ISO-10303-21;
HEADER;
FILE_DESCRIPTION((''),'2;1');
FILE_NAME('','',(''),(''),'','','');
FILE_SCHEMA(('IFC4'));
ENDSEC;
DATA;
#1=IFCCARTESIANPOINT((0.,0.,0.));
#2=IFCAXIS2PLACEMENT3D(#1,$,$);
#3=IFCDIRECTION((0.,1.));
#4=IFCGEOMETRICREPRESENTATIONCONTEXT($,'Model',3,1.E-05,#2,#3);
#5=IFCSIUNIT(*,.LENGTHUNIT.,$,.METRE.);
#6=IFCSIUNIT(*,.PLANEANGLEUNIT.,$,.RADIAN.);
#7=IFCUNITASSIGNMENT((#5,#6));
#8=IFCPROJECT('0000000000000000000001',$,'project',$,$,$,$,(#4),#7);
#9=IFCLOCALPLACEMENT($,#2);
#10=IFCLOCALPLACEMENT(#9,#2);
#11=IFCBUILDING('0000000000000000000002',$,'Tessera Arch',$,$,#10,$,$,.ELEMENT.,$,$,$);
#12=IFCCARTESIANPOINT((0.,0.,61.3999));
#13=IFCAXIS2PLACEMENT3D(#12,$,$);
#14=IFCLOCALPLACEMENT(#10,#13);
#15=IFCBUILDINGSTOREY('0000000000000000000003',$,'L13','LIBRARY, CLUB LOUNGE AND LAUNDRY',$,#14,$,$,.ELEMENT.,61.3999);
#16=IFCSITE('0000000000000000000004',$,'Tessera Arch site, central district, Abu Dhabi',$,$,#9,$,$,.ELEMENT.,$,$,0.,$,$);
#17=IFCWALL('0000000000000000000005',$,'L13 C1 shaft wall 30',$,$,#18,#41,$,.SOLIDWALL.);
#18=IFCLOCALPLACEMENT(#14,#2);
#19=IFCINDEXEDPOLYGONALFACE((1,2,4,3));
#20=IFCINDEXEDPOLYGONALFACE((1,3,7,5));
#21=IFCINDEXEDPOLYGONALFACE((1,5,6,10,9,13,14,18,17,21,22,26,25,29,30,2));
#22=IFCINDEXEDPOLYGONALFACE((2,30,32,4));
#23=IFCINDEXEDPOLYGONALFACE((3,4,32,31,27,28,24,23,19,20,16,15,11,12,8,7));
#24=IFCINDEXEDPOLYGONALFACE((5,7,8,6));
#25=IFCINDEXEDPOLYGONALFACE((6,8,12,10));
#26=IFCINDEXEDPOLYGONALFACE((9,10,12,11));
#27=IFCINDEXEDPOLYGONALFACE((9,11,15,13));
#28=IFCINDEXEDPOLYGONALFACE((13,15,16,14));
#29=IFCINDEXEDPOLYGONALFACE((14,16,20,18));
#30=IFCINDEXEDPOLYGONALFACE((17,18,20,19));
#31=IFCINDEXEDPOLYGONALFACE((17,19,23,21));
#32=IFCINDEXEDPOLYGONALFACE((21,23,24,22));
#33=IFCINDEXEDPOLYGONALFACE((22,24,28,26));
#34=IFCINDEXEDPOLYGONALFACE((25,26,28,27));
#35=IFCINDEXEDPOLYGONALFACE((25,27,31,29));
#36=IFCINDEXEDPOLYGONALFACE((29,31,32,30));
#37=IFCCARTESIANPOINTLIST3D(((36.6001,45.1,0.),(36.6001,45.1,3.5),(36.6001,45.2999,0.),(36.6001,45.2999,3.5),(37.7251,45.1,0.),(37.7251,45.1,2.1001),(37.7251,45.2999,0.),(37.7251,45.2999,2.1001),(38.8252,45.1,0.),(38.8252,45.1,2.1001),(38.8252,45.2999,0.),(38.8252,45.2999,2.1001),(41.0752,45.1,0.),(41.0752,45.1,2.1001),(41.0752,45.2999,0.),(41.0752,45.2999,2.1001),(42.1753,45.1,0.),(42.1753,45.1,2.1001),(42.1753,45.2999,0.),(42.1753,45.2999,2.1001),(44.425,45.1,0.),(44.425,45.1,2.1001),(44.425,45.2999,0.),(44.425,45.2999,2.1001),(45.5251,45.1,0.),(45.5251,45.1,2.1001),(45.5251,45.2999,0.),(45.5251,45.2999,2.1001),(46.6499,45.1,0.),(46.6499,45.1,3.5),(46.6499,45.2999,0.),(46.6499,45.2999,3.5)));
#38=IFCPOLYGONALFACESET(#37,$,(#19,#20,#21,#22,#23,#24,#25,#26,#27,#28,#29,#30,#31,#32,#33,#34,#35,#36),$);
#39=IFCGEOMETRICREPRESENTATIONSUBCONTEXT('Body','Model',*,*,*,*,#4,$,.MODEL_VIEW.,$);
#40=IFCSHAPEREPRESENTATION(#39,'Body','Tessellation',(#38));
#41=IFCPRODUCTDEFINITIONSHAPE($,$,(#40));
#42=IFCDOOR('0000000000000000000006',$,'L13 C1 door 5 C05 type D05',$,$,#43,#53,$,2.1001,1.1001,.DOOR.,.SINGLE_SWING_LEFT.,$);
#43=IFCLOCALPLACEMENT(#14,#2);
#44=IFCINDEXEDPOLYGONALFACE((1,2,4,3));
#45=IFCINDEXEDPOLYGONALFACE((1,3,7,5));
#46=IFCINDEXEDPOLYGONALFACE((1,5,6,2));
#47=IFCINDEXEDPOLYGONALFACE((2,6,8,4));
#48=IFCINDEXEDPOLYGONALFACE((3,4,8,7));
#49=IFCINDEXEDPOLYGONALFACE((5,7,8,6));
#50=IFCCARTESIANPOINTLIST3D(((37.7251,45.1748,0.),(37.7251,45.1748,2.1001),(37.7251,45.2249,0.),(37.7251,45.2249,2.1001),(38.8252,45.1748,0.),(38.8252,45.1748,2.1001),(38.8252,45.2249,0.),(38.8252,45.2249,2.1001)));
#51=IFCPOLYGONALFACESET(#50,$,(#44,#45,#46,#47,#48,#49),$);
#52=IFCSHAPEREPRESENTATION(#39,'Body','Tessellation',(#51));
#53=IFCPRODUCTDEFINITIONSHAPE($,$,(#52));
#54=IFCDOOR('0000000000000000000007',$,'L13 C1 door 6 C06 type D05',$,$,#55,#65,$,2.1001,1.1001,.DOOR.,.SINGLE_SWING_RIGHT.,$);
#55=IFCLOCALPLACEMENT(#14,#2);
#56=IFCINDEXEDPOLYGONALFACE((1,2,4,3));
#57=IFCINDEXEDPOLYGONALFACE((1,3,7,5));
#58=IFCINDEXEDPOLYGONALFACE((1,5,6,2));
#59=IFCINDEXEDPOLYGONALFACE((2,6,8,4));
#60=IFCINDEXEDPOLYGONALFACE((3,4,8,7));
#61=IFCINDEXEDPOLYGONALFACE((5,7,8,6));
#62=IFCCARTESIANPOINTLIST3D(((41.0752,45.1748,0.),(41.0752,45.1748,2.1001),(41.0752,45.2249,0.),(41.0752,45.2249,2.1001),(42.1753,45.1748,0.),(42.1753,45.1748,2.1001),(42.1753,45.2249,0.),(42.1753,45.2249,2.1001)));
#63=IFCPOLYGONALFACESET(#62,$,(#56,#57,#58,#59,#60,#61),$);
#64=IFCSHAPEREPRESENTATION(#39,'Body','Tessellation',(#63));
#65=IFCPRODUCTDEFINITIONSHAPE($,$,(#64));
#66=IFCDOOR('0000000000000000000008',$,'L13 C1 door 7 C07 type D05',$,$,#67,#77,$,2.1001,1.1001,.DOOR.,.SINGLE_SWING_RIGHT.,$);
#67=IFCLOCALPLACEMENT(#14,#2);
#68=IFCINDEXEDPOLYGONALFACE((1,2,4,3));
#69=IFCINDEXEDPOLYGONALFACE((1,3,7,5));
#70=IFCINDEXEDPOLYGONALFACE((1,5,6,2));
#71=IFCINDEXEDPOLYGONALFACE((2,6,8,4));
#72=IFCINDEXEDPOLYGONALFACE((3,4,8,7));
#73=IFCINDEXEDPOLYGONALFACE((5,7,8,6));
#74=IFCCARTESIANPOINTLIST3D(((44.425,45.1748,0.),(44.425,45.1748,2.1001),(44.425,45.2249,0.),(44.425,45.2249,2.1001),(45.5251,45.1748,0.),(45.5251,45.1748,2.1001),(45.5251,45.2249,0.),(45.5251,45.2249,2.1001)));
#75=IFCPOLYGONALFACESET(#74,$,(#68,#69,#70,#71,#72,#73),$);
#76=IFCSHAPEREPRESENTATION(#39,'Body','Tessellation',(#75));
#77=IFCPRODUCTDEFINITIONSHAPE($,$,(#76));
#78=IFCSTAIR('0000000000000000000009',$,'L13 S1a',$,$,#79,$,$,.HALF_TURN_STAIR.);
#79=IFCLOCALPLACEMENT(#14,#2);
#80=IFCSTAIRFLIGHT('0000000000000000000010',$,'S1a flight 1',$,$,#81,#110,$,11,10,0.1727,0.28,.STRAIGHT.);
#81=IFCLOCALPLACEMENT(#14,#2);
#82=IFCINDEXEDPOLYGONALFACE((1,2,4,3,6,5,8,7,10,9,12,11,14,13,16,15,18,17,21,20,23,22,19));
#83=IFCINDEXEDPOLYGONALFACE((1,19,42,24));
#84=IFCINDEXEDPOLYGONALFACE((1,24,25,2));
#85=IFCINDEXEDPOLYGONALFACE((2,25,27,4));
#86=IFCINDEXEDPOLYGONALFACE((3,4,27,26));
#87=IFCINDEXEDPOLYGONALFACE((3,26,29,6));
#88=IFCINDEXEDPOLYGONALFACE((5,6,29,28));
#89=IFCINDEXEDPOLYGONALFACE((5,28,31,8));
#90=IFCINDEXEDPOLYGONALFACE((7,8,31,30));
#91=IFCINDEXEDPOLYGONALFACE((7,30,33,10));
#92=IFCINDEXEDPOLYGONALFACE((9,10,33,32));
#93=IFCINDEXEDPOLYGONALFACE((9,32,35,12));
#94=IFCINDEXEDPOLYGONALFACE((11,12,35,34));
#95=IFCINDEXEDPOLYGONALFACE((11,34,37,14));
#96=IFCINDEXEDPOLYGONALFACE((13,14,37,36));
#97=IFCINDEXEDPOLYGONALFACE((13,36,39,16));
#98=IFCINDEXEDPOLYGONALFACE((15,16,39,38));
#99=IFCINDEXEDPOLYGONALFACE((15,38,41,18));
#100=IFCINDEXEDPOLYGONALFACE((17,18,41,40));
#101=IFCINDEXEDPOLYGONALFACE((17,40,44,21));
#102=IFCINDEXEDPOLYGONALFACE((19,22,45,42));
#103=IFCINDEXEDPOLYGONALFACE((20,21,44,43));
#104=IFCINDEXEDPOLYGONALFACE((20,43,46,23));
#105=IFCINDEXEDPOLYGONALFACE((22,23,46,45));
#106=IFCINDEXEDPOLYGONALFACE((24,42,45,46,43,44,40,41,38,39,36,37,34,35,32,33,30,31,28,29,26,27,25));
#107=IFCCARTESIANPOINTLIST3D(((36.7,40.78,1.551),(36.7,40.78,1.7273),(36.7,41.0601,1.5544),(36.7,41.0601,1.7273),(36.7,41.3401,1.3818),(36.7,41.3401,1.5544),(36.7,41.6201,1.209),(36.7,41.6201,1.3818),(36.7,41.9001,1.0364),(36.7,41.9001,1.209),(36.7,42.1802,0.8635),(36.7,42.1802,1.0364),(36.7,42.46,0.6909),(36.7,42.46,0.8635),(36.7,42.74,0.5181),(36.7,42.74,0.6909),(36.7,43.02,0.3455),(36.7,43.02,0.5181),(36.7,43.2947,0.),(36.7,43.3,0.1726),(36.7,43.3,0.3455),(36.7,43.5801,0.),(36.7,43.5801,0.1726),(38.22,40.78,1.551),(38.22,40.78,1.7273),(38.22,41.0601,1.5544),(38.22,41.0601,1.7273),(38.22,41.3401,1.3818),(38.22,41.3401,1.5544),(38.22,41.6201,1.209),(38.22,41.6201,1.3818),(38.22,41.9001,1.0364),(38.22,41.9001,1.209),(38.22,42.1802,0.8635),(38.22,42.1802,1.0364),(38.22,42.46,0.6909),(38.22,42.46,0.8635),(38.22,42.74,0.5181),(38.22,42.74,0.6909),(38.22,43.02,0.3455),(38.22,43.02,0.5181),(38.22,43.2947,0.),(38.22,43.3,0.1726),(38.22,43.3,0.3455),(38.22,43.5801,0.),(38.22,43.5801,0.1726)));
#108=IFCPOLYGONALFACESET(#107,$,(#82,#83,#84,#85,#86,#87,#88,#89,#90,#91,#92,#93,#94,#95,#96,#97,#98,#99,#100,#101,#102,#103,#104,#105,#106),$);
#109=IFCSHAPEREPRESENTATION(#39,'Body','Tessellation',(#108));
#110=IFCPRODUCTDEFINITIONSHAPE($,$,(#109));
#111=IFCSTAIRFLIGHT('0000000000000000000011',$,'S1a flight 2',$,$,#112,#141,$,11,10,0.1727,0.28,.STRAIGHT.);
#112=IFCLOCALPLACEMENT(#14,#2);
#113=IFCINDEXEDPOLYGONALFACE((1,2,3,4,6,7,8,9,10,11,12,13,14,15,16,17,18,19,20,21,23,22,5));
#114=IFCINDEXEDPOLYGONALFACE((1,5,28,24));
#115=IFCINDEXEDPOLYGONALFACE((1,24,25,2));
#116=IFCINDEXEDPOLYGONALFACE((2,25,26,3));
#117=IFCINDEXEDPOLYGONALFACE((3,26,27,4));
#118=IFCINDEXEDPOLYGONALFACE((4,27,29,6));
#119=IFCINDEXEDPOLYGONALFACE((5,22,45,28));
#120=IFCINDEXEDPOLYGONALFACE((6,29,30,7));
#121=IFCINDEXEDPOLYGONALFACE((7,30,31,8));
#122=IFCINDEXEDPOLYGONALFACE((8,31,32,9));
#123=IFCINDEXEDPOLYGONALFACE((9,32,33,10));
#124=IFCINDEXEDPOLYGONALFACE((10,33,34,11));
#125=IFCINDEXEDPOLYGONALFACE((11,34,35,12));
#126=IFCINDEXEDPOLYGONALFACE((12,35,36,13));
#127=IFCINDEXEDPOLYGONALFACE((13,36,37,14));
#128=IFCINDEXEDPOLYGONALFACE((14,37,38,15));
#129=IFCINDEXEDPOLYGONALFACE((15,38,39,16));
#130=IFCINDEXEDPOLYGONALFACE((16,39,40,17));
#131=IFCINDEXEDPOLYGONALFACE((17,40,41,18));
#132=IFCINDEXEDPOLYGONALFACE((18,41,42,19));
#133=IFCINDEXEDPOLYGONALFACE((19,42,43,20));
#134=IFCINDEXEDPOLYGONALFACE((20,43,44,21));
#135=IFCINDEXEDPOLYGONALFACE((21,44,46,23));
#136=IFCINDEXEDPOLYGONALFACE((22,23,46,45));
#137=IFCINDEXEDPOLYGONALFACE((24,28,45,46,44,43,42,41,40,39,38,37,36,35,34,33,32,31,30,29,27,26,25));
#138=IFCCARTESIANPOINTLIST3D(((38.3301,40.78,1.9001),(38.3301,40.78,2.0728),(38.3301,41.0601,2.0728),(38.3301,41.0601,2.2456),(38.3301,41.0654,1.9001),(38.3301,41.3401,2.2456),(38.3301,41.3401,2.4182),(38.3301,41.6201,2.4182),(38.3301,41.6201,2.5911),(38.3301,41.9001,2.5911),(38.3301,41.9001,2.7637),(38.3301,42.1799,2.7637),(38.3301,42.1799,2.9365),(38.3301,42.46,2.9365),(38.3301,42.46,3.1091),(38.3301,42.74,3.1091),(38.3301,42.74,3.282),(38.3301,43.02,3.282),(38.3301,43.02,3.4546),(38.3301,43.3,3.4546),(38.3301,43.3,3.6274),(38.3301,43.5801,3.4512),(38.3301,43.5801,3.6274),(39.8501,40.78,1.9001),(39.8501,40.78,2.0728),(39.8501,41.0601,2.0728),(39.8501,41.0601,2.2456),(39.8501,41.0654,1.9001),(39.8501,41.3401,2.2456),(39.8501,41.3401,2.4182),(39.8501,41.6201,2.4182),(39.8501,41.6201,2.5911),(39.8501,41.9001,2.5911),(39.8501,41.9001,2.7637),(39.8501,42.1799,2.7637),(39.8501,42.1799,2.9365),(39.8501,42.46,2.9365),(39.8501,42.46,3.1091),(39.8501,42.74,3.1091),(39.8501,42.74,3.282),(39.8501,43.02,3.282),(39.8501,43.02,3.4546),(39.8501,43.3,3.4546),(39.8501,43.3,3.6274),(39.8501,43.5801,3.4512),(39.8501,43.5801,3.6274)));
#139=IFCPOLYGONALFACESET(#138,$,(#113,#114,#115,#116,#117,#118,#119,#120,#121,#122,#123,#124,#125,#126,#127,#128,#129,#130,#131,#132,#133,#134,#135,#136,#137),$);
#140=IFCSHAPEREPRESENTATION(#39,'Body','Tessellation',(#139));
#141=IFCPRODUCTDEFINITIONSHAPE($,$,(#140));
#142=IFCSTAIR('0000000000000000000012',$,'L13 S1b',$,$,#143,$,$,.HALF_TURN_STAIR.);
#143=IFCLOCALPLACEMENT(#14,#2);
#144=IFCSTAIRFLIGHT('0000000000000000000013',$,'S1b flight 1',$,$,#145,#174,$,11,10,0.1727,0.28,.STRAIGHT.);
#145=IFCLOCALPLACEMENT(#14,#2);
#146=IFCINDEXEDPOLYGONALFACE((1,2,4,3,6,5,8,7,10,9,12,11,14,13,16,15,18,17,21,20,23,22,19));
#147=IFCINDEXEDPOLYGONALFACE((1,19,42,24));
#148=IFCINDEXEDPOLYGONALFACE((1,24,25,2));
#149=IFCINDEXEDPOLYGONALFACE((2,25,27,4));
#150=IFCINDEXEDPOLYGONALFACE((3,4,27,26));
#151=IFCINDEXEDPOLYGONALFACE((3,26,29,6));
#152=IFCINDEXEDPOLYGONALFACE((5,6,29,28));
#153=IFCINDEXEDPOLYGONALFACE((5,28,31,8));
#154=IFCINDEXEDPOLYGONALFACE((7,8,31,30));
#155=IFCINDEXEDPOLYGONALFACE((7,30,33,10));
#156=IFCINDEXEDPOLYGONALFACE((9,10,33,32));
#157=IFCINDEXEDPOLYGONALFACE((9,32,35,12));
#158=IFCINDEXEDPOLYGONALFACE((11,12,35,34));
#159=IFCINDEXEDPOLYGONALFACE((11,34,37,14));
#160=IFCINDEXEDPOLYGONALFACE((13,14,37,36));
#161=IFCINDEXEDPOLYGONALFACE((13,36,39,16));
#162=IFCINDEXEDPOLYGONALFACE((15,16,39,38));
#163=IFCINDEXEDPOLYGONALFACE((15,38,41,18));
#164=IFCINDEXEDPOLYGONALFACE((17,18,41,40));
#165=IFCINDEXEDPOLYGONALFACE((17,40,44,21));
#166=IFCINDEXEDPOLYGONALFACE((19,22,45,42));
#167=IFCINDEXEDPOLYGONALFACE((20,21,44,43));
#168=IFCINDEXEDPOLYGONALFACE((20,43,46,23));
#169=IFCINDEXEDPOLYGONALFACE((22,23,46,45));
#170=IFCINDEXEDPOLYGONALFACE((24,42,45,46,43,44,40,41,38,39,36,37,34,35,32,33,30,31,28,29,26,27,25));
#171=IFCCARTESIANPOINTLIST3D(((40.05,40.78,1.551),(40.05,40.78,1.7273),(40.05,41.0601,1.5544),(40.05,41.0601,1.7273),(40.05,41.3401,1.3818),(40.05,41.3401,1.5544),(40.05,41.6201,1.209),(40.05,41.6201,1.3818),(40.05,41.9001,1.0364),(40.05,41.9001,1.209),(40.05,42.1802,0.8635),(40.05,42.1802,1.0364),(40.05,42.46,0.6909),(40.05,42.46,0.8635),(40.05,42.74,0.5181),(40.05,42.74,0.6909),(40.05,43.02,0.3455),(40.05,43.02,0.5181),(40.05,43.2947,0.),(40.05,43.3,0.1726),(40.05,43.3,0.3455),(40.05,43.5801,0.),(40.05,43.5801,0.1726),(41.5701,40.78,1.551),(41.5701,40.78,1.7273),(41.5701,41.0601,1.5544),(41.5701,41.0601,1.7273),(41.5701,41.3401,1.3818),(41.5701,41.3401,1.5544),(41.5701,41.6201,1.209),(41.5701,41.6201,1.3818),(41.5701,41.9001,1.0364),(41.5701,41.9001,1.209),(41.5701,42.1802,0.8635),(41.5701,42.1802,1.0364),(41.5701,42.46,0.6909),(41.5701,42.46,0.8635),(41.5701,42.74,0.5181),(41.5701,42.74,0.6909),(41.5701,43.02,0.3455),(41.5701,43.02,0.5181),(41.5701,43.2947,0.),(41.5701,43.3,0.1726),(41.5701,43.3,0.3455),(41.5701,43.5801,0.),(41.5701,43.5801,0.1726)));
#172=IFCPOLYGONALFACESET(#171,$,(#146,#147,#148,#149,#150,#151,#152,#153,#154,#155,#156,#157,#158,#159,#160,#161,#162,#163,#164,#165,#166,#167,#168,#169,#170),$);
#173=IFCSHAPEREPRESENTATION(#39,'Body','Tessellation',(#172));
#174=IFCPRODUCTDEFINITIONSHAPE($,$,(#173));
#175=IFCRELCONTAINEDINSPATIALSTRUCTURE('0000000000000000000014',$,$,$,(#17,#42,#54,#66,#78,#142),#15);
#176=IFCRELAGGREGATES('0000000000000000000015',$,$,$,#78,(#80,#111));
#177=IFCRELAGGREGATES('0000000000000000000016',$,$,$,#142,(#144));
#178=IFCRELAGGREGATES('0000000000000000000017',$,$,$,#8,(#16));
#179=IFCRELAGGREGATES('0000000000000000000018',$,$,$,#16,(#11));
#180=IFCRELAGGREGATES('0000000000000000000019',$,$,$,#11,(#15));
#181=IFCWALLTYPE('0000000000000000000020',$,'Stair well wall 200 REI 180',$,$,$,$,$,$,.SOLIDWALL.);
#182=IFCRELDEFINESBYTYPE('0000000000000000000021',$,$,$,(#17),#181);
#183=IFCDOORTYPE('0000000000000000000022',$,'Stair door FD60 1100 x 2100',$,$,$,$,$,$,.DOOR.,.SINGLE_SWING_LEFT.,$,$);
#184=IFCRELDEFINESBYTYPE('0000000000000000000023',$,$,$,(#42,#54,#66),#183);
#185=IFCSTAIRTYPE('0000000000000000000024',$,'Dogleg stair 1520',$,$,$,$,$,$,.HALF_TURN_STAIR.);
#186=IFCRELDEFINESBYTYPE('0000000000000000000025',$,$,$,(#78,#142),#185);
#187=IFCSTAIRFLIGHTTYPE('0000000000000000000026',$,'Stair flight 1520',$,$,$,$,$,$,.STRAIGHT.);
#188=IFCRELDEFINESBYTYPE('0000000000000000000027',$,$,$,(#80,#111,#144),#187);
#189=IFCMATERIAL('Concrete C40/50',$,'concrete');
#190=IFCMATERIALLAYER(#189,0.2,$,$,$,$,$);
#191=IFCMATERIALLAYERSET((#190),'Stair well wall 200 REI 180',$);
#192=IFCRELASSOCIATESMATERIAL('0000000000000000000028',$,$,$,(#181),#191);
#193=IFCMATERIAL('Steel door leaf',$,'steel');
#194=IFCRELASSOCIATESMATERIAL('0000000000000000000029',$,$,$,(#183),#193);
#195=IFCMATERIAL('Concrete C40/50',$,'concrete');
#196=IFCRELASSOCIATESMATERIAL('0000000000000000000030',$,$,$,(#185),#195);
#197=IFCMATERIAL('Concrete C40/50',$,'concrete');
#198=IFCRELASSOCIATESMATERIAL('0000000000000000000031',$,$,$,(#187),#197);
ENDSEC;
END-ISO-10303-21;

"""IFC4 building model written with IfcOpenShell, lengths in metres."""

from ifc_helpers import new_model, si_unit, direction, frame, frame_2d, origin, place, context, subcontext, project, spatial, polyline, rectangle, outline, extrude, material, layer, layer_set, type_object, element, fill, aggregate, save


model = new_model("IFC4")

# Units and contexts
model_context = context("Model", 3, precision=1e-05, world=origin(), true_north=direction((0.0, 1.0)))
body_context = subcontext(model_context, "Body", "Model", "MODEL_VIEW")
ifc_project = project(units=[si_unit("LENGTHUNIT", "METRE"), si_unit("PLANEANGLEUNIT", "RADIAN")], contexts=[model_context])

# Site, building, storey
site_placement = place(None, origin())
site = spatial("IfcSite", under=ifc_project, at=site_placement, Name="Tessera Arch site, central district, Abu Dhabi", CompositionType="ELEMENT", RefElevation=0.0)
building_placement = place(site_placement, origin())
building = spatial("IfcBuilding", under=site, at=building_placement, Name="Tessera Arch", CompositionType="ELEMENT")
storey_placement = place(building_placement, frame((0.0, 0.0, 61.3999)))
storey = spatial("IfcBuildingStorey", under=building, at=storey_placement, Name="L13", Description="LIBRARY, CLUB LOUNGE AND LAUNDRY", CompositionType="ELEMENT", Elevation=61.3999)

# Shared definitions
ifc_material_1 = material(Name="Concrete C40/50", Category="concrete")
ifc_layer_1 = layer(ifc_material_1, 0.2)
ifc_layer_set_1 = layer_set([ifc_layer_1], Name="Stair well wall 200 REI 180")
wall_type_1 = type_object("IfcWallType", Name="Stair well wall 200 REI 180", PredefinedType="SOLIDWALL", material=ifc_layer_set_1)

# Wall, openings, doors
wall_1_placement = place(storey_placement, frame((36.6001, 45.2, 0.0), z_axis=(0.0, 0.0, 1.0), x_axis=(1.0, 0.0, 0.0)))
wall_1 = element("IfcWall", 1, at=wall_1_placement, inside=storey, type_object=wall_type_1, Name="L13 C1 shaft wall 30", PredefinedType="SOLIDWALL", context=body_context, shape_type="SweptSolid", body=[
    extrude(rectangle(XDim=10.0498, YDim=0.2, at=frame_2d((5.0249, 0.0))), origin(), (0.0, 0.0, 1.0), 3.5),
])
opening_1_placement = place(wall_1_placement, frame((1.125, 0.0, 0.0)))
opening_1 = element("IfcOpeningElement", 2, at=opening_1_placement, cuts=wall_1, PredefinedType="OPENING", context=body_context, shape_type="SweptSolid", body=[
    extrude(rectangle(XDim=1.1001, YDim=2.1001, at=frame_2d((0.55, 1.05))), frame((0.0, 0.1099, 0.0), z_axis=(0.0, -1.0, 0.0), x_axis=(1.0, 0.0, 0.0)), (0.0, 0.0, 1.0), 0.22),
])
opening_2_placement = place(wall_1_placement, frame((4.4751, 0.0, 0.0)))
opening_2 = element("IfcOpeningElement", 3, at=opening_2_placement, cuts=wall_1, PredefinedType="OPENING", context=body_context, shape_type="SweptSolid", body=[
    extrude(rectangle(XDim=1.1001, YDim=2.1001, at=frame_2d((0.55, 1.05))), frame((0.0, 0.1099, 0.0), z_axis=(0.0, -1.0, 0.0), x_axis=(1.0, 0.0, 0.0)), (0.0, 0.0, 1.0), 0.22),
])
opening_3_placement = place(wall_1_placement, frame((7.825, 0.0, 0.0)))
opening_3 = element("IfcOpeningElement", 4, at=opening_3_placement, cuts=wall_1, PredefinedType="OPENING", context=body_context, shape_type="SweptSolid", body=[
    extrude(rectangle(XDim=1.1001, YDim=2.1001, at=frame_2d((0.55, 1.05))), frame((0.0, 0.1099, 0.0), z_axis=(0.0, -1.0, 0.0), x_axis=(1.0, 0.0, 0.0)), (0.0, 0.0, 1.0), 0.22),
])
ifc_material_2 = material(Name="Steel door leaf", Category="steel")
door_type_1 = type_object("IfcDoorType", Name="Stair door FD60 1100 x 2100", OperationType="SINGLE_SWING_LEFT", PredefinedType="DOOR", material=ifc_material_2)
door_1_placement = place(opening_1_placement, origin())
door_1 = element("IfcDoor", 5, at=door_1_placement, inside=storey, type_object=door_type_1, Name="L13 C1 door 5 C05 type D05", OperationType="SINGLE_SWING_LEFT", OverallHeight=2.1001, OverallWidth=1.1001, PredefinedType="DOOR", context=body_context, shape_type="SweptSolid", body=[
    extrude(rectangle(XDim=1.1001, YDim=2.1001, at=frame_2d((0.55, 1.05))), frame((0.0, 0.0249, 0.0), z_axis=(0.0, -1.0, 0.0), x_axis=(1.0, 0.0, 0.0)), (0.0, 0.0, 1.0), 0.05),
])
fill(opening_1, door_1)
door_2_placement = place(opening_2_placement, origin())
door_2 = element("IfcDoor", 6, at=door_2_placement, inside=storey, type_object=door_type_1, Name="L13 C1 door 6 C06 type D05", OperationType="SINGLE_SWING_RIGHT", OverallHeight=2.1001, OverallWidth=1.1001, PredefinedType="DOOR", context=body_context, shape_type="SweptSolid", body=[
    extrude(rectangle(XDim=1.1001, YDim=2.1001, at=frame_2d((0.55, 1.05))), frame((0.0, 0.0249, 0.0), z_axis=(0.0, -1.0, 0.0), x_axis=(1.0, 0.0, 0.0)), (0.0, 0.0, 1.0), 0.05),
])
fill(opening_2, door_2)
door_3_placement = place(opening_3_placement, origin())
door_3 = element("IfcDoor", 7, at=door_3_placement, inside=storey, type_object=door_type_1, Name="L13 C1 door 7 C07 type D05", OperationType="SINGLE_SWING_RIGHT", OverallHeight=2.1001, OverallWidth=1.1001, PredefinedType="DOOR", context=body_context, shape_type="SweptSolid", body=[
    extrude(rectangle(XDim=1.1001, YDim=2.1001, at=frame_2d((0.55, 1.05))), frame((0.0, 0.0249, 0.0), z_axis=(0.0, -1.0, 0.0), x_axis=(1.0, 0.0, 0.0)), (0.0, 0.0, 1.0), 0.05),
])
fill(opening_3, door_3)

# Stair, stair flights
ifc_material_3 = material(Name="Concrete C40/50", Category="concrete")
stair_type = type_object("IfcStairType", Name="Dogleg stair 1520", PredefinedType="HALF_TURN_STAIR", material=ifc_material_3)
stair_1_placement = place(storey_placement, origin())
stair_1 = element("IfcStair", 8, at=stair_1_placement, inside=storey, type_object=stair_type, Name="L13 S1a", PredefinedType="HALF_TURN_STAIR")
ifc_material_4 = material(Name="Concrete C40/50", Category="concrete")
stair_flight_type = type_object("IfcStairFlightType", Name="Stair flight 1520", PredefinedType="STRAIGHT", material=ifc_material_4)
stair_flight_1_placement = place(storey_placement, frame((37.46, 43.5801, 0.0), z_axis=(0.0, 0.0, 1.0), x_axis=(0.0, -1.0, 0.0)))
stair_flight_1 = element("IfcStairFlight", 9, at=stair_flight_1_placement, type_object=stair_flight_type, Name="S1a flight 1", NumberOfRisers=11, NumberOfTreads=10, PredefinedType="STRAIGHT", RiserHeight=0.1727, TreadLength=0.28, context=body_context, shape_type="SweptSolid", body=[
    extrude(outline(polyline([(0.0, 0.0), (0.0, 0.1726), (0.28, 0.1726), (0.28, 0.3455), (0.5601, 0.3455), (0.5601, 0.5181), (0.8401, 0.5181), (0.8401, 0.6909), (1.1201, 0.6909), (1.1201, 0.8635), (1.3999, 0.8635), (1.3999, 1.0364), (1.6799, 1.0364), (1.6799, 1.209), (1.96, 1.209), (1.96, 1.3818), (2.24, 1.3818), (2.24, 1.5544), (2.52, 1.5544), (2.52, 1.7273), (2.8, 1.7273), (2.8, 1.8999), (2.8, 1.551), (0.2854, 0.0), (0.0, 0.0)])), frame((0.0, 0.76, 0.0), z_axis=(0.0, -1.0, 0.0), x_axis=(1.0, 0.0, 0.0)), (0.0, 0.0, 1.0), 1.52),
])
stair_flight_2_placement = place(storey_placement, frame((39.0901, 40.78, 1.9001), z_axis=(0.0, 0.0, 1.0), x_axis=(0.0, 1.0, 0.0)))
stair_flight_2 = element("IfcStairFlight", 10, at=stair_flight_2_placement, type_object=stair_flight_type, Name="S1a flight 2", NumberOfRisers=11, NumberOfTreads=10, PredefinedType="STRAIGHT", RiserHeight=0.1727, TreadLength=0.28, context=body_context, shape_type="SweptSolid", body=[
    extrude(outline(polyline([(0.0, 0.0), (0.0, 0.1726), (0.28, 0.1726), (0.28, 0.3455), (0.5601, 0.3455), (0.5601, 0.5181), (0.8401, 0.5181), (0.8401, 0.6909), (1.1201, 0.6909), (1.1201, 0.8635), (1.3999, 0.8635), (1.3999, 1.0364), (1.6799, 1.0364), (1.6799, 1.209), (1.96, 1.209), (1.96, 1.3818), (2.24, 1.3818), (2.24, 1.5544), (2.52, 1.5544), (2.52, 1.7273), (2.8, 1.7273), (2.8, 1.8999), (2.8, 1.551), (0.2854, 0.0), (0.0, 0.0)])), frame((0.0, 0.76, 0.0), z_axis=(0.0, -1.0, 0.0), x_axis=(1.0, 0.0, 0.0)), (0.0, 0.0, 1.0), 1.52),
])
aggregate(stair_1, [stair_flight_1, stair_flight_2])

# Stair, stair flight
stair_2_placement = place(storey_placement, origin())
stair_2 = element("IfcStair", 11, at=stair_2_placement, inside=storey, type_object=stair_type, Name="L13 S1b", PredefinedType="HALF_TURN_STAIR")
stair_flight_3_placement = place(storey_placement, frame((40.8101, 43.5801, 0.0), z_axis=(0.0, 0.0, 1.0), x_axis=(0.0, -1.0, 0.0)))
stair_flight_3 = element("IfcStairFlight", 12, at=stair_flight_3_placement, type_object=stair_flight_type, Name="S1b flight 1", NumberOfRisers=11, NumberOfTreads=10, PredefinedType="STRAIGHT", RiserHeight=0.1727, TreadLength=0.28, context=body_context, shape_type="SweptSolid", body=[
    extrude(outline(polyline([(0.0, 0.0), (0.0, 0.1726), (0.28, 0.1726), (0.28, 0.3455), (0.5601, 0.3455), (0.5601, 0.5181), (0.8401, 0.5181), (0.8401, 0.6909), (1.1201, 0.6909), (1.1201, 0.8635), (1.3999, 0.8635), (1.3999, 1.0364), (1.6799, 1.0364), (1.6799, 1.209), (1.96, 1.209), (1.96, 1.3818), (2.24, 1.3818), (2.24, 1.5544), (2.52, 1.5544), (2.52, 1.7273), (2.8, 1.7273), (2.8, 1.8999), (2.8, 1.551), (0.2854, 0.0), (0.0, 0.0)])), frame((0.0, 0.76, 0.0), z_axis=(0.0, -1.0, 0.0), x_axis=(1.0, 0.0, 0.0)), (0.0, 0.0, 1.0), 1.52),
])
aggregate(stair_2, [stair_flight_3])

save(model, "model.ifc")
